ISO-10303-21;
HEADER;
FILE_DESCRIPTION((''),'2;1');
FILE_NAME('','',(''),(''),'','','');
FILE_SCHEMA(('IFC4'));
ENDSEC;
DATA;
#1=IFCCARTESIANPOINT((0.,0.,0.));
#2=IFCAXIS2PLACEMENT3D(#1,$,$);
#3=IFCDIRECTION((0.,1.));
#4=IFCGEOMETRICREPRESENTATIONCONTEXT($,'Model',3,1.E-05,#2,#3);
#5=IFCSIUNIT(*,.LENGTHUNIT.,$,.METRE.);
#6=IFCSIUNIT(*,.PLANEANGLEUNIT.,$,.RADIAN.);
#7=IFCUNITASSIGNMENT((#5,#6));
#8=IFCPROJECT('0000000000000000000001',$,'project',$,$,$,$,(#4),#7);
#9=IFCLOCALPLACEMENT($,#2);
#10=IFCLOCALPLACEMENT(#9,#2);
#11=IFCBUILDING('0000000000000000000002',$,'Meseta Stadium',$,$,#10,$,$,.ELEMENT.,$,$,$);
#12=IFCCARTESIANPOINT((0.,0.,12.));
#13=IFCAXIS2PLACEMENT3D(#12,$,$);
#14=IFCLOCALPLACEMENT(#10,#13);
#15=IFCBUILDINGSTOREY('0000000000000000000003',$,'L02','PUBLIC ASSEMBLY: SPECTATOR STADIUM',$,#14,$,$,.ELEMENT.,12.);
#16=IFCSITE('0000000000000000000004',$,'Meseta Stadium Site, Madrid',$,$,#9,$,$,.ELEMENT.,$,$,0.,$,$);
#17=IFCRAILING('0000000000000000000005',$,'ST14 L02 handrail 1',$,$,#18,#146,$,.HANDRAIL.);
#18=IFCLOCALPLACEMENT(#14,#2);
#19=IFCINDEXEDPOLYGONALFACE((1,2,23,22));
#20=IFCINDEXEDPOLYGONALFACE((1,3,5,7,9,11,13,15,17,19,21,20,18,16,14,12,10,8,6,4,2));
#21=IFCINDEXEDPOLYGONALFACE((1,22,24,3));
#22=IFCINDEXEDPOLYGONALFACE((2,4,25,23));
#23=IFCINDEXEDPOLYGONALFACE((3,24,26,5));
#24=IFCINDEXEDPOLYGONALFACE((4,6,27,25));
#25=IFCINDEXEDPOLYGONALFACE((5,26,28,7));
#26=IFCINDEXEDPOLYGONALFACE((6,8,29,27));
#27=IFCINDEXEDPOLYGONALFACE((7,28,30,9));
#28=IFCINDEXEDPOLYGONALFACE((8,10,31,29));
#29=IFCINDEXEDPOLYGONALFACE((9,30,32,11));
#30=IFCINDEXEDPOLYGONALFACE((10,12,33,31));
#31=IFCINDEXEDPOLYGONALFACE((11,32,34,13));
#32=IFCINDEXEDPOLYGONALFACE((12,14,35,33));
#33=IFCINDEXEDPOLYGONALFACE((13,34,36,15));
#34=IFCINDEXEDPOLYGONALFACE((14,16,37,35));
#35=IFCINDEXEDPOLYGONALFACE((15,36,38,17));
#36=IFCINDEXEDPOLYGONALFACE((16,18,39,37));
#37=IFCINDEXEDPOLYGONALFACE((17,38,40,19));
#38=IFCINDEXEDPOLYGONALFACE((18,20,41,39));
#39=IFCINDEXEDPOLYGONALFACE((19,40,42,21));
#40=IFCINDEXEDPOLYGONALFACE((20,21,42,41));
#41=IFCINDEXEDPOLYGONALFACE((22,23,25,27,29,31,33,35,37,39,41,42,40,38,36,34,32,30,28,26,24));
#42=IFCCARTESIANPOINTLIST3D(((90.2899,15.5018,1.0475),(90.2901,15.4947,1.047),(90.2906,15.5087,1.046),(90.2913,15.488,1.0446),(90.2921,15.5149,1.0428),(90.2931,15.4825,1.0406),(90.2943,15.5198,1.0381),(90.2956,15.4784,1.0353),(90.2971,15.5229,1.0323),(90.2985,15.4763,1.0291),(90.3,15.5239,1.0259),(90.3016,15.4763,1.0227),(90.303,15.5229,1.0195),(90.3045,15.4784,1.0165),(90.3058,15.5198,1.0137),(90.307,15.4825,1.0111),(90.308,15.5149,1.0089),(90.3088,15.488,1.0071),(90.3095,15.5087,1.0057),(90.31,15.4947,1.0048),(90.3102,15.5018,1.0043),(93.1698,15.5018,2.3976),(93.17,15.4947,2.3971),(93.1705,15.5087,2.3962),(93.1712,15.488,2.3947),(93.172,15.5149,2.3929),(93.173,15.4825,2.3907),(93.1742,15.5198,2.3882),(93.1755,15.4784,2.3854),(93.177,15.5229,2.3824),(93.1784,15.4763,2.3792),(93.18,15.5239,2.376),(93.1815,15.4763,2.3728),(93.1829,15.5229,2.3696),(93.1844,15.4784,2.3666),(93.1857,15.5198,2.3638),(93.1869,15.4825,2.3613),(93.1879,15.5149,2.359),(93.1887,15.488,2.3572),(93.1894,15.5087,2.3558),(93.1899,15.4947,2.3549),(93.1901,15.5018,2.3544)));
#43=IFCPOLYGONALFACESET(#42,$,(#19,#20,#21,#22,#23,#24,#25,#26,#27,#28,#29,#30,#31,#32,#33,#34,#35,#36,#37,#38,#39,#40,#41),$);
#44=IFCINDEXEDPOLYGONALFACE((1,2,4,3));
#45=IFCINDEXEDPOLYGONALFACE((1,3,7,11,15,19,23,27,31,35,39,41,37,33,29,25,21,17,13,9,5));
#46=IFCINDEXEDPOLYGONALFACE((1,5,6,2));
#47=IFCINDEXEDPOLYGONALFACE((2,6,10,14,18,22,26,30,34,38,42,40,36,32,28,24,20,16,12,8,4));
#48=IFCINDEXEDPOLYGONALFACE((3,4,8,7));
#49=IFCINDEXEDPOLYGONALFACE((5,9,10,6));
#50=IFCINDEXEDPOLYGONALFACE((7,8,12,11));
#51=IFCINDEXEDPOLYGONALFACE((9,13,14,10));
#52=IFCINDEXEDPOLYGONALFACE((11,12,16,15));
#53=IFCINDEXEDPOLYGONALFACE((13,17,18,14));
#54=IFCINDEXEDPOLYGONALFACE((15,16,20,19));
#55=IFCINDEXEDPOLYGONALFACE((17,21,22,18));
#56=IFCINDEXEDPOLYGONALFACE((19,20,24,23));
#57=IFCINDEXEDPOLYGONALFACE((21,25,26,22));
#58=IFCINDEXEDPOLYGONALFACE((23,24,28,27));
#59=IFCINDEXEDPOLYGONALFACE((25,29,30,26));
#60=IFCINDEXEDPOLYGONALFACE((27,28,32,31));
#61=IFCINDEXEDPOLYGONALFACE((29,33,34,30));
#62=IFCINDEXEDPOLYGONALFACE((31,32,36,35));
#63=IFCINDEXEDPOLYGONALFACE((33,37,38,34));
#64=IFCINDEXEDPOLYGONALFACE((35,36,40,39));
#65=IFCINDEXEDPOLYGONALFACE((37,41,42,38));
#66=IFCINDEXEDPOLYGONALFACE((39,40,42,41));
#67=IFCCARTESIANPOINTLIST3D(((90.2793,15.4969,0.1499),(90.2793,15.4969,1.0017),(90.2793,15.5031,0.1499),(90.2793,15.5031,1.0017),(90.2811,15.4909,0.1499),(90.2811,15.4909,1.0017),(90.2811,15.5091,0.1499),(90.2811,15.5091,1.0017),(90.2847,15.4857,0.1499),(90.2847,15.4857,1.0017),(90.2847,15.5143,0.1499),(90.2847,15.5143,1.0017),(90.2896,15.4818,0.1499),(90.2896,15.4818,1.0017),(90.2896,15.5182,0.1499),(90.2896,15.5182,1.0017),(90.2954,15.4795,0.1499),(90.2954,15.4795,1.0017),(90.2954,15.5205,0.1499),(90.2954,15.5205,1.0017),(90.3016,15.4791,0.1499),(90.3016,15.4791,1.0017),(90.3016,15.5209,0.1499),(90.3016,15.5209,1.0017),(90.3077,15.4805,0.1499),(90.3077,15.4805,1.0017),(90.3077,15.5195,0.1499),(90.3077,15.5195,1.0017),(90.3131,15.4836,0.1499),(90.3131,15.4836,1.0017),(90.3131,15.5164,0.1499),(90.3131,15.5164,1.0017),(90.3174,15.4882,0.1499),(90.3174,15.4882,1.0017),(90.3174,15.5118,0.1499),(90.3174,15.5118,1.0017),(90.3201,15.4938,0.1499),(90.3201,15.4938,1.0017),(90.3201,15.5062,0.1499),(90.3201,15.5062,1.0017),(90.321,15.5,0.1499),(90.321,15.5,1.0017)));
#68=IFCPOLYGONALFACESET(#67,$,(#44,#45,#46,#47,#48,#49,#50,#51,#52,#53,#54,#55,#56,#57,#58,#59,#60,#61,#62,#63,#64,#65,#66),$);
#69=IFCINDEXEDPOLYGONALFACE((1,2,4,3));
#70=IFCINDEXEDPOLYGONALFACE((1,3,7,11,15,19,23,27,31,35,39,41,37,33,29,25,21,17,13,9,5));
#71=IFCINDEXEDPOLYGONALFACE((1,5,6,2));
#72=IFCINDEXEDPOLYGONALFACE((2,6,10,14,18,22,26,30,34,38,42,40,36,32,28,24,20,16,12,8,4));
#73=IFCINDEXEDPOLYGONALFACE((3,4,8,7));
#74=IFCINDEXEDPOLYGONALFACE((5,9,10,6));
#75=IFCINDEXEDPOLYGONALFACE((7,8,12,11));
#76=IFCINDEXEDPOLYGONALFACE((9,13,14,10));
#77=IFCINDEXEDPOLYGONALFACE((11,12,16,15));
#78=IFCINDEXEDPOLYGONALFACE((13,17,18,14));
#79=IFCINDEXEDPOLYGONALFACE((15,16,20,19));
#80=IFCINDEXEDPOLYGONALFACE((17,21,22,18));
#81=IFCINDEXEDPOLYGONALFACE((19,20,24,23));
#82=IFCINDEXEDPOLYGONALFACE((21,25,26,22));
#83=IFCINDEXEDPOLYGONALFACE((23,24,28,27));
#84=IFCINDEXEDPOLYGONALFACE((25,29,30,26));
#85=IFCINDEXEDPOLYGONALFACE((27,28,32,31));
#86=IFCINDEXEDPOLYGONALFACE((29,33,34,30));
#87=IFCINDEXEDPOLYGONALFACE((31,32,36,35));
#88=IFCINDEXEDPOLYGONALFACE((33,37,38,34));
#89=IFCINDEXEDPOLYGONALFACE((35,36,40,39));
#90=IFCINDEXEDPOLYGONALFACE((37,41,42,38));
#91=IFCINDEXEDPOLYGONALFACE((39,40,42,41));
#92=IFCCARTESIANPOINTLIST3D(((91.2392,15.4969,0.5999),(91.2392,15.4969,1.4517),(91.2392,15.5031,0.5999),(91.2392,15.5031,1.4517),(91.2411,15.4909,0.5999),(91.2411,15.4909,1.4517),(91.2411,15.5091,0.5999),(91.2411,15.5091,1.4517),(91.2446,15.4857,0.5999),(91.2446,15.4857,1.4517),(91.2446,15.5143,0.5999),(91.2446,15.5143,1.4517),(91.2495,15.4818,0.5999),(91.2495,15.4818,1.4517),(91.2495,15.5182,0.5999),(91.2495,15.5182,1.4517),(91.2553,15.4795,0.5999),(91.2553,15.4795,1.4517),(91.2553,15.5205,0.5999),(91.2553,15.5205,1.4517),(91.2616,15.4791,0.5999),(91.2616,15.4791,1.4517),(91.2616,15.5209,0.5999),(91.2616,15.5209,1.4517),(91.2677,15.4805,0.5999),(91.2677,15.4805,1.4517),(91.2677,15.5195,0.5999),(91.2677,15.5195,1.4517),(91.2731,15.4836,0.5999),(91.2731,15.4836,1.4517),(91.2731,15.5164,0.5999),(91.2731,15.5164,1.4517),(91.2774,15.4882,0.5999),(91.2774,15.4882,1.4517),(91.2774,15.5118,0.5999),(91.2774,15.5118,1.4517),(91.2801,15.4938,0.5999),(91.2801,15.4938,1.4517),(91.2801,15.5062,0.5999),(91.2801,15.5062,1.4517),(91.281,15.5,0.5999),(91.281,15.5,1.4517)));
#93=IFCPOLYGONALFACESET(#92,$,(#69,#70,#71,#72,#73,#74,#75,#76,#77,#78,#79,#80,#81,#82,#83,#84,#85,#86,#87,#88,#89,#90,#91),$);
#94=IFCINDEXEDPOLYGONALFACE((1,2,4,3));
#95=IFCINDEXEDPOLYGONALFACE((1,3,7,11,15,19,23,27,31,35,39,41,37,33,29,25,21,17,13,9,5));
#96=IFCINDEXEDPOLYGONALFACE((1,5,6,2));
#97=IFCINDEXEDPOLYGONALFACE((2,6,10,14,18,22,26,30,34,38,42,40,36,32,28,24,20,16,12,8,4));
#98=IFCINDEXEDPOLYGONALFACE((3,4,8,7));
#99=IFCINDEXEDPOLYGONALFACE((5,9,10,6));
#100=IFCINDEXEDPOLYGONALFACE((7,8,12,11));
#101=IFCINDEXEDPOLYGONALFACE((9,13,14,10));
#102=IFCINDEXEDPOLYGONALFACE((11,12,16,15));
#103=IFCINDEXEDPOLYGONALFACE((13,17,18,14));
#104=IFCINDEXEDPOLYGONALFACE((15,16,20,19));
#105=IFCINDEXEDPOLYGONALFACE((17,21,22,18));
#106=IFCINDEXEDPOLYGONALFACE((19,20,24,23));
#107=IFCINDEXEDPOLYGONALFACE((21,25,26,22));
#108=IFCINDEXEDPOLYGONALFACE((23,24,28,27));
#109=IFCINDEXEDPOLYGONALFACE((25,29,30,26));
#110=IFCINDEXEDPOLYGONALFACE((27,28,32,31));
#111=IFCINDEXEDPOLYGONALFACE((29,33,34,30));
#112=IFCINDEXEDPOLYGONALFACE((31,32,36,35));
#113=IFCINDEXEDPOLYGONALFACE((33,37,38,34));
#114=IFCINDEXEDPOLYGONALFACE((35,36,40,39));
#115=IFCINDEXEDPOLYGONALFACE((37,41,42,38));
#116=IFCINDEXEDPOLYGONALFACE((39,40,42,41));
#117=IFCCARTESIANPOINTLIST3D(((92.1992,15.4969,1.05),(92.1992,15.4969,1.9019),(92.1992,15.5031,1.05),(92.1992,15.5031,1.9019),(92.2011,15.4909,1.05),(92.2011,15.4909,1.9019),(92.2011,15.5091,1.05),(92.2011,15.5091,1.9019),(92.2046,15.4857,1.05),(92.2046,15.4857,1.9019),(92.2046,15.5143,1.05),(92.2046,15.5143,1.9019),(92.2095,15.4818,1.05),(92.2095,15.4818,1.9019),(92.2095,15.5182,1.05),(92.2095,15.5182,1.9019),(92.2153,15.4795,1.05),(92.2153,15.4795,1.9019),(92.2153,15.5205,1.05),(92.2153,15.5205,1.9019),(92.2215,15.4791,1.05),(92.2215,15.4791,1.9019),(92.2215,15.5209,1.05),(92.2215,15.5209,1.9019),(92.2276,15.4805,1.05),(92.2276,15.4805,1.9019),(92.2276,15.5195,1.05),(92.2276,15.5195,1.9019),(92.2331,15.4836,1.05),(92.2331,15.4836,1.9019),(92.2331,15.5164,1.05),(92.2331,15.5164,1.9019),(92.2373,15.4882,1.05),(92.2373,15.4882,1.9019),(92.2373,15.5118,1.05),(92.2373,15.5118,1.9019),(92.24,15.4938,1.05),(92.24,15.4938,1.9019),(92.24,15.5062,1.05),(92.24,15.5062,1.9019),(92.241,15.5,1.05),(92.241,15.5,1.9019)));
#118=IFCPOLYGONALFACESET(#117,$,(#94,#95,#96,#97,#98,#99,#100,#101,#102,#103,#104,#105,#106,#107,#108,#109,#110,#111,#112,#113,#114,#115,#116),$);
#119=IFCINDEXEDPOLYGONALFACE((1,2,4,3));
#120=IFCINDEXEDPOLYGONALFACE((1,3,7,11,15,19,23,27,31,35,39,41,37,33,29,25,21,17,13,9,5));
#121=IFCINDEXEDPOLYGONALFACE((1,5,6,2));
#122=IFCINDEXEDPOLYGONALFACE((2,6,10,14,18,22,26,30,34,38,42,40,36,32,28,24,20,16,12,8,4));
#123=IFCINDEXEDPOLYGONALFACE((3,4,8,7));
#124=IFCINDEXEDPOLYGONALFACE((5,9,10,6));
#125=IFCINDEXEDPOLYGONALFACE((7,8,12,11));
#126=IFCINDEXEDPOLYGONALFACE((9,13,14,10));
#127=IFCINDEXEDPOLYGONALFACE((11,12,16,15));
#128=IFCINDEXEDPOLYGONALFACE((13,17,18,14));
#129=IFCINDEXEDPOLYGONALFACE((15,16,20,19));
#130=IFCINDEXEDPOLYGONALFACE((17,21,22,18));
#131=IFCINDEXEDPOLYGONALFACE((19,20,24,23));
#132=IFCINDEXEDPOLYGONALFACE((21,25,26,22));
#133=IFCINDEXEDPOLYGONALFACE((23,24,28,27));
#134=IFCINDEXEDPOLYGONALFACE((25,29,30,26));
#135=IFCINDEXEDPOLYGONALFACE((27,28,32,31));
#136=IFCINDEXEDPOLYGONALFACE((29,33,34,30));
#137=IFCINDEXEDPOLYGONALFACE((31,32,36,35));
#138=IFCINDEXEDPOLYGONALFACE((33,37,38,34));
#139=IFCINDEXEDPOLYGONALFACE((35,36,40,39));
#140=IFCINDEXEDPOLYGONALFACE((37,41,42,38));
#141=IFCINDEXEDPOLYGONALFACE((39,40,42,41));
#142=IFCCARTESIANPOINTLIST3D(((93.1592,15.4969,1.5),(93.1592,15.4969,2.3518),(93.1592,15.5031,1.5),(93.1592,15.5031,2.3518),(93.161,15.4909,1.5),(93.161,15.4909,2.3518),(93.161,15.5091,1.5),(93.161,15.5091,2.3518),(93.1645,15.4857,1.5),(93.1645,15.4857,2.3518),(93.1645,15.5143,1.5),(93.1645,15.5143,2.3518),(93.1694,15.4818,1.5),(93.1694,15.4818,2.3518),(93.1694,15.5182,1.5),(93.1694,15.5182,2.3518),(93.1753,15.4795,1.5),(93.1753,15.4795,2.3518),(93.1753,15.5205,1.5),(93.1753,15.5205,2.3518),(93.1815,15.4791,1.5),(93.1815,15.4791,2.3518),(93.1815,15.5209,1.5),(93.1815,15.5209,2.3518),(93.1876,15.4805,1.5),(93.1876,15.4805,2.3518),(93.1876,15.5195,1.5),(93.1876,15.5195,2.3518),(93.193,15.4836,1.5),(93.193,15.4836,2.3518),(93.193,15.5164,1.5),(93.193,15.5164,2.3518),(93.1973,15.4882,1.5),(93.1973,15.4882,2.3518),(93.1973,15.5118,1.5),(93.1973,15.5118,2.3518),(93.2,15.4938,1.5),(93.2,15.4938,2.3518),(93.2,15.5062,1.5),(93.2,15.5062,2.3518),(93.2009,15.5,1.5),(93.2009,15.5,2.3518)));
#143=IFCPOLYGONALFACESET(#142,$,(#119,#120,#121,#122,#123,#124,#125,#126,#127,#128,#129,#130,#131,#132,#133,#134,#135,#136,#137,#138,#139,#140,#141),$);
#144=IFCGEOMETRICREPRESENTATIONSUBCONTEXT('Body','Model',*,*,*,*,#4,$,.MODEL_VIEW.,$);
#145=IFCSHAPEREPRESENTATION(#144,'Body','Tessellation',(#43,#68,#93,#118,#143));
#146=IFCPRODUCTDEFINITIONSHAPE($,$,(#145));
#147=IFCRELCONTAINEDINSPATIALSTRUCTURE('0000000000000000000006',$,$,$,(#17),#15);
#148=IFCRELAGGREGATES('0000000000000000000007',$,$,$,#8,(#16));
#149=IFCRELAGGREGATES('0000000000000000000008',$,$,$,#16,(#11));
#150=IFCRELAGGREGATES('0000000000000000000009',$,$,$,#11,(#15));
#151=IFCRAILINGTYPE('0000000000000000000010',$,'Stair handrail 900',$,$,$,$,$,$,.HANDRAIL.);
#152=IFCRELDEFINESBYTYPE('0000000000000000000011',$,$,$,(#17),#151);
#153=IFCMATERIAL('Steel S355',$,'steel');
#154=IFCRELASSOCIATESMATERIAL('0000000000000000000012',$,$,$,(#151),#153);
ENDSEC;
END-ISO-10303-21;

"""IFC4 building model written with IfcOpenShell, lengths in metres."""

from ifc_helpers import new_model, si_unit, direction, frame, origin, origin_2d, place, context, subcontext, project, spatial, circle, extrude, material, type_object, element, save


model = new_model("IFC4")

# Units and contexts
model_context = context("Model", 3, precision=1e-05, world=origin(), true_north=direction((0.0, 1.0)))
body_context = subcontext(model_context, "Body", "Model", "MODEL_VIEW")
ifc_project = project(units=[si_unit("LENGTHUNIT", "METRE"), si_unit("PLANEANGLEUNIT", "RADIAN")], contexts=[model_context])

# Site, building, storey
site_placement = place(None, origin())
site = spatial("IfcSite", under=ifc_project, at=site_placement, Name="Meseta Stadium Site, Madrid", CompositionType="ELEMENT", RefElevation=0.0)
building_placement = place(site_placement, origin())
building = spatial("IfcBuilding", under=site, at=building_placement, Name="Meseta Stadium", CompositionType="ELEMENT")
storey_placement = place(building_placement, frame((0.0, 0.0, 12.0)))
storey = spatial("IfcBuildingStorey", under=building, at=storey_placement, Name="L02", Description="PUBLIC ASSEMBLY: SPECTATOR STADIUM", CompositionType="ELEMENT", Elevation=12.0)

# Railing
ifc_material_1 = material(Name="Steel S355", Category="steel")
railing_type_1 = type_object("IfcRailingType", Name="Stair handrail 900", PredefinedType="HANDRAIL", material=ifc_material_1)
for number, where, name in (
    (1, (90.3, 15.5, 0.1499), "ST14 L02 handrail 1"),
):
    element("IfcRailing", number, at=place(storey_placement, frame(where)), inside=storey, type_object=railing_type_1, Name=name, PredefinedType="HANDRAIL", context=body_context, shape_type="SweptSolid", body=[
        extrude(circle(Radius=0.0239, at=origin_2d()), frame((0.0, 0.0, 0.876), z_axis=(0.90544, 0.0, 0.424473), x_axis=(0.0, 1.0, 0.0)), (0.0, 0.0, 1.0), 3.1807),
        extrude(circle(Radius=0.021, at=origin_2d()), origin(), (0.0, 0.0, 1.0), 0.8518),
        extrude(circle(Radius=0.021, at=origin_2d()), frame((0.96, 0.0, 0.45)), (0.0, 0.0, 1.0), 0.8518),
        extrude(circle(Radius=0.021, at=origin_2d()), frame((1.9199, 0.0, 0.9001)), (0.0, 0.0, 1.0), 0.8518),
        extrude(circle(Radius=0.021, at=origin_2d()), frame((2.8799, 0.0, 1.3501)), (0.0, 0.0, 1.0), 0.8518),
    ])

save(model, "model.ifc")
